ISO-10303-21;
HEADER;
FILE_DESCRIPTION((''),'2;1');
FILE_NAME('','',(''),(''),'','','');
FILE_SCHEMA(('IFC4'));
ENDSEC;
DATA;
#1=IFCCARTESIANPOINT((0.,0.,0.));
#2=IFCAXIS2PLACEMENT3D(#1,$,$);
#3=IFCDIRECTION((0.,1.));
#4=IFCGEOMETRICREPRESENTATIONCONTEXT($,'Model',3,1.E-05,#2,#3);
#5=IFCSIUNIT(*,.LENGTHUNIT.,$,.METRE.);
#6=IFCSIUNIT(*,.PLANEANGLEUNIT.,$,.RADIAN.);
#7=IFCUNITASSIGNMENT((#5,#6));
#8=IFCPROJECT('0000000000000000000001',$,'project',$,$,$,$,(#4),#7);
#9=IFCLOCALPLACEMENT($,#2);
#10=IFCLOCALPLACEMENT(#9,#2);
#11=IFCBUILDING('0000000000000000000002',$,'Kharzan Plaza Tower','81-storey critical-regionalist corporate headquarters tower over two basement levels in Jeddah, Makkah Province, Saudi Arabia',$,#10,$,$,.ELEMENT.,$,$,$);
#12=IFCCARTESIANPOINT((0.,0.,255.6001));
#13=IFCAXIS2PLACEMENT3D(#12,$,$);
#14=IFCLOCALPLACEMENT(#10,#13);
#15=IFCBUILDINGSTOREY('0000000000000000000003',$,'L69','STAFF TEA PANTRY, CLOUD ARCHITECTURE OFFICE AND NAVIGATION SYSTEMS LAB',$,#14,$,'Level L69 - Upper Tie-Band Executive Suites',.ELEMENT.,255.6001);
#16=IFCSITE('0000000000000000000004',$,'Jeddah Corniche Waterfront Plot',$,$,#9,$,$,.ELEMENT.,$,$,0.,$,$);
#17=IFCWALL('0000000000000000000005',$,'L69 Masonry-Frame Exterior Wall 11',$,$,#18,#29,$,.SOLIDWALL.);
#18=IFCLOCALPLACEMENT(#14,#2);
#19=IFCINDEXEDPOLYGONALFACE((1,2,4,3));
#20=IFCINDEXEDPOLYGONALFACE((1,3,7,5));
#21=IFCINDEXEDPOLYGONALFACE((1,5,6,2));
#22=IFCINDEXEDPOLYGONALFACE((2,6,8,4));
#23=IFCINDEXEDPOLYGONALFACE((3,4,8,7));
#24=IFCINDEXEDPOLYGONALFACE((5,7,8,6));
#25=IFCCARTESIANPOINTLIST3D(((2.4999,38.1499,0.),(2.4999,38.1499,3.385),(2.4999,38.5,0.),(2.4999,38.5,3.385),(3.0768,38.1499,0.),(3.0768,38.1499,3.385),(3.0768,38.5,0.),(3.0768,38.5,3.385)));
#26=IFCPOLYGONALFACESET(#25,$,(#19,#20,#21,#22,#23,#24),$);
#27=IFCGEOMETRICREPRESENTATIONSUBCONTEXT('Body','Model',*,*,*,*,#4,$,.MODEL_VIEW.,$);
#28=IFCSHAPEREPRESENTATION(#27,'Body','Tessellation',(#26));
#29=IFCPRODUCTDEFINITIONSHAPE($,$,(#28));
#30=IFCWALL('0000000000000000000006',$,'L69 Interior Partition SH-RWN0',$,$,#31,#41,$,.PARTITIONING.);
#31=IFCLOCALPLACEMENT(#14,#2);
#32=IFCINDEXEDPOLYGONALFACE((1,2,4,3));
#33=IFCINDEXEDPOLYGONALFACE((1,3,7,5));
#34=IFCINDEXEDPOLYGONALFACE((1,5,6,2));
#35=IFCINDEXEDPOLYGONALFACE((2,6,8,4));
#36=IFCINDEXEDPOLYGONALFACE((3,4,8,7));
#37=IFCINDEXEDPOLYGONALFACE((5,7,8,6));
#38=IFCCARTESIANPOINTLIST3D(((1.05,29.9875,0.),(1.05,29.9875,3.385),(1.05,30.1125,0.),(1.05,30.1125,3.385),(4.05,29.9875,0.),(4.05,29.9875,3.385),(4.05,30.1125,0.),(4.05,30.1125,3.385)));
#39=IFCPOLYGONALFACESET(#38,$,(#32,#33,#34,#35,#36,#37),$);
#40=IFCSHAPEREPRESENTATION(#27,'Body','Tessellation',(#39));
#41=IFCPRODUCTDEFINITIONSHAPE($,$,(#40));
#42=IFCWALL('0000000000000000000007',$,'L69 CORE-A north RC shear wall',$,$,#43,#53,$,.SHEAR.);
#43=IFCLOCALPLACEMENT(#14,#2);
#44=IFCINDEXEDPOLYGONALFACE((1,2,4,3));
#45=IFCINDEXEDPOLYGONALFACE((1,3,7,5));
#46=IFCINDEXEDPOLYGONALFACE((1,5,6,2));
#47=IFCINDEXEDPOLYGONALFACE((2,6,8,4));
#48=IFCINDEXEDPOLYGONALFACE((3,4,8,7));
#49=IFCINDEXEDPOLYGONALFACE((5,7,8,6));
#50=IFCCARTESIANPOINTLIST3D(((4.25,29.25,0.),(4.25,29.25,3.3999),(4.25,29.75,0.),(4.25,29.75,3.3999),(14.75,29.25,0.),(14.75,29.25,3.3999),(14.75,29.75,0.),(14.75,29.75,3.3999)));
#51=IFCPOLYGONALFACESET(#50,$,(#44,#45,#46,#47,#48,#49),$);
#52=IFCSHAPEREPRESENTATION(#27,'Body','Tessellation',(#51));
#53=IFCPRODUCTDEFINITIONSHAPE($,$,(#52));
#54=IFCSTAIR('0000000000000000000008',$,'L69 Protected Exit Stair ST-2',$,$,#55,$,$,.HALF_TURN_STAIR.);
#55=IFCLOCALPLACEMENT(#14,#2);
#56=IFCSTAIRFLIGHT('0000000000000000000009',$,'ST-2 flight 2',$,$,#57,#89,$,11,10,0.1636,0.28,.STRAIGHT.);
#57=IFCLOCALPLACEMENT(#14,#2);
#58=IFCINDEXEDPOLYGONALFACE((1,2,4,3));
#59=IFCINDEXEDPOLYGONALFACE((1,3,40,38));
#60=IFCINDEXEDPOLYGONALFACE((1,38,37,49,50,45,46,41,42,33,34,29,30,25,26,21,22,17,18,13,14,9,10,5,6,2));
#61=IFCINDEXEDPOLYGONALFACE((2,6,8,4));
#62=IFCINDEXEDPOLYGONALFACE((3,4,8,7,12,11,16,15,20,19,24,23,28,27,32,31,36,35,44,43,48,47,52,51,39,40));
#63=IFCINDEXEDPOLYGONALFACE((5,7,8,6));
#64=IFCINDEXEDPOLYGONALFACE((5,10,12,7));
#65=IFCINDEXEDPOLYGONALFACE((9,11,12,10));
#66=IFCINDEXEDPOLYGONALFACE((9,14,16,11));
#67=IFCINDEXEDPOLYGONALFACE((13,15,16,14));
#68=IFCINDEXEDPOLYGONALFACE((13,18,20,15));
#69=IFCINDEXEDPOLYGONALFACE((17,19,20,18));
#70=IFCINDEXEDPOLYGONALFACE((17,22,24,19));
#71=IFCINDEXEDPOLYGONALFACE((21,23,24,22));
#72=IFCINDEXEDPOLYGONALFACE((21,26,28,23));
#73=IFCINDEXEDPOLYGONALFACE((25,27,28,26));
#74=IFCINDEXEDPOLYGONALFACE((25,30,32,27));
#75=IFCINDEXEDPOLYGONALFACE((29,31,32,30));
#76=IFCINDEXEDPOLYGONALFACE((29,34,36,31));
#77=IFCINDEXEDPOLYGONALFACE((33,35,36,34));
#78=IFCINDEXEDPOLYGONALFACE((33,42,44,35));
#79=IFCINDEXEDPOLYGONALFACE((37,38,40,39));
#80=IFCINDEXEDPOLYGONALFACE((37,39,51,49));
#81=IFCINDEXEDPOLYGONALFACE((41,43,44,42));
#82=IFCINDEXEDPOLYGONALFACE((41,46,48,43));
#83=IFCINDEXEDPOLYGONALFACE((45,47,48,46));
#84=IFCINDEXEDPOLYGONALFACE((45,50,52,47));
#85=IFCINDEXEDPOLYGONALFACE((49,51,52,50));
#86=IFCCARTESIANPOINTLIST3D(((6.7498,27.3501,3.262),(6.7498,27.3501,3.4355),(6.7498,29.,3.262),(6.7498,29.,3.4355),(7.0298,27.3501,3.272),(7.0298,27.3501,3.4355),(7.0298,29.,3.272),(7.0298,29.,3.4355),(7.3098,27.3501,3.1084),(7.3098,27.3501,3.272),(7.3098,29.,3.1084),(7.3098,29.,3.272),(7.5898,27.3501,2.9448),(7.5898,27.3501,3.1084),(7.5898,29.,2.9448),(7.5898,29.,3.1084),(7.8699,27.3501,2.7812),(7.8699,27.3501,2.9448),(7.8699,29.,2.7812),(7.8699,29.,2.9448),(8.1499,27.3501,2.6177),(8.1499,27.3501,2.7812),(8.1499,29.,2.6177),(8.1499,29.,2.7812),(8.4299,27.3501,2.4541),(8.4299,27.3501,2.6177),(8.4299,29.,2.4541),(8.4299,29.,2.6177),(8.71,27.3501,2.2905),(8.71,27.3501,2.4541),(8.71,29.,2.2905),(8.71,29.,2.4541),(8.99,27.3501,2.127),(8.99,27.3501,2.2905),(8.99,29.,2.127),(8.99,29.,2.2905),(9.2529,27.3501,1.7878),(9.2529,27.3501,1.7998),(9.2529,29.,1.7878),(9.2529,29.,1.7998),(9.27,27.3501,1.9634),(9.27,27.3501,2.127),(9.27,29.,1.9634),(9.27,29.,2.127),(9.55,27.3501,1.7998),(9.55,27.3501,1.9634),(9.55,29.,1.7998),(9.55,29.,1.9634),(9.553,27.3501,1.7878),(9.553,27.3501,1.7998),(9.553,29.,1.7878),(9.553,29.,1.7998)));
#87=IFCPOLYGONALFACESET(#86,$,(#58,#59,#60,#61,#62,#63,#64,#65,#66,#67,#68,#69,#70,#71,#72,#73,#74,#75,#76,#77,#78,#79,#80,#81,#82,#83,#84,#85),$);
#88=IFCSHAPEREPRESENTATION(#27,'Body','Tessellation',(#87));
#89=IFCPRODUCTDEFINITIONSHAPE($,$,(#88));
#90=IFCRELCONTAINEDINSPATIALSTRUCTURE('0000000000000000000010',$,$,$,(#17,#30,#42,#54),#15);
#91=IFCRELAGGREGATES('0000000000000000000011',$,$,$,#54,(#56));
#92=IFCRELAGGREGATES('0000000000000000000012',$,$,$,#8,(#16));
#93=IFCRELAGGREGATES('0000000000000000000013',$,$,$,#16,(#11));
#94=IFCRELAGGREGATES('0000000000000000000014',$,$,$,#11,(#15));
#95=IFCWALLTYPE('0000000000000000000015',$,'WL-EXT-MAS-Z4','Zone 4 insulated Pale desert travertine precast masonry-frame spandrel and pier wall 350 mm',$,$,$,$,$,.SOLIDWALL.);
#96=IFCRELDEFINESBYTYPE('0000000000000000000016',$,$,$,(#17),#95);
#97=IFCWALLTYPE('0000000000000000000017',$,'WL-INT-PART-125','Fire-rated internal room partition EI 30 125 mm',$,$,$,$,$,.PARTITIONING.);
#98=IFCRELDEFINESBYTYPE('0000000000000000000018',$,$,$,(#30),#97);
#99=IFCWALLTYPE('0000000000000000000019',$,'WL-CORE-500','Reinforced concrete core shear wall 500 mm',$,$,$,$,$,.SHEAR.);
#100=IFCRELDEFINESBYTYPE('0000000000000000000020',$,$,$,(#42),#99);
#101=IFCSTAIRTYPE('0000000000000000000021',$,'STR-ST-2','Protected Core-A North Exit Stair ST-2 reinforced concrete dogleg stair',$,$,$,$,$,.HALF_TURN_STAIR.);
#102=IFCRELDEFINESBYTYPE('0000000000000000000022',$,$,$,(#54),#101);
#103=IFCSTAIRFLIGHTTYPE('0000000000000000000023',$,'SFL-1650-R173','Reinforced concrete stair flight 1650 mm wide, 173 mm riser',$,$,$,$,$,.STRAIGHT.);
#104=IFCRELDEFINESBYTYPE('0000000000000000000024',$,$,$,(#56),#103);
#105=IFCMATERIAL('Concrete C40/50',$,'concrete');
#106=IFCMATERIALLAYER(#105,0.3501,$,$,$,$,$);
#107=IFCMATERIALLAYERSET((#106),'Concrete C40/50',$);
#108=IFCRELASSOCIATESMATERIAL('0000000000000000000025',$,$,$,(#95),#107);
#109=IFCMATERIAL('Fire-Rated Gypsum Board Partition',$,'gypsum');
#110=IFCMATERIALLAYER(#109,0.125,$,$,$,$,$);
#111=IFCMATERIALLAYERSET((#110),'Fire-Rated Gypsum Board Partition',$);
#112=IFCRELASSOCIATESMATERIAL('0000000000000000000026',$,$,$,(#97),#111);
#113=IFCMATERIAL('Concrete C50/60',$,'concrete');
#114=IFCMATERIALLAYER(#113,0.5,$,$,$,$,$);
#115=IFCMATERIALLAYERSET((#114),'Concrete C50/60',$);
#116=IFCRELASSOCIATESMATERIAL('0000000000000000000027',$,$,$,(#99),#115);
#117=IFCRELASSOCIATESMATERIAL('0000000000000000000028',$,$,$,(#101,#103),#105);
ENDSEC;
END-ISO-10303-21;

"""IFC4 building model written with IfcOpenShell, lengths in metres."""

from ifc_helpers import new_model, si_unit, direction, frame, frame_2d, origin, place, context, subcontext, project, spatial, polyline, rectangle, outline, extrude, source, transform, mapped, material, layer, layer_set, type_object, element, aggregate, save


model = new_model("IFC4")

# Units and contexts
model_context = context("Model", 3, precision=1e-05, world=origin(), true_north=direction((0.0, 1.0)))
body_context = subcontext(model_context, "Body", "Model", "MODEL_VIEW")
ifc_project = project(units=[si_unit("LENGTHUNIT", "METRE"), si_unit("PLANEANGLEUNIT", "RADIAN")], contexts=[model_context])

# Site, building, storey
site_placement = place(None, origin())
site = spatial("IfcSite", under=ifc_project, at=site_placement, Name="Jeddah Corniche Waterfront Plot", CompositionType="ELEMENT", RefElevation=0.0)
building_placement = place(site_placement, origin())
building = spatial("IfcBuilding", under=site, at=building_placement, Name="Kharzan Plaza Tower", Description="81-storey critical-regionalist corporate headquarters tower over two basement levels in Jeddah, Makkah Province, Saudi Arabia", CompositionType="ELEMENT")
storey_placement = place(building_placement, frame((0.0, 0.0, 255.6001)))
storey = spatial("IfcBuildingStorey", under=building, at=storey_placement, Name="L69", Description="STAFF TEA PANTRY, CLOUD ARCHITECTURE OFFICE AND NAVIGATION SYSTEMS LAB", LongName="Level L69 - Upper Tie-Band Executive Suites", CompositionType="ELEMENT", Elevation=255.6001)

# Shared definitions
ifc_material_1 = material(Name="Concrete C50/60", Category="concrete")

# Shared definitions
ifc_material_2 = material(Name="Concrete C40/50", Category="concrete")
ifc_layer_1 = layer(ifc_material_2, 0.3501)
ifc_layer_set_1 = layer_set([ifc_layer_1], Name="Concrete C40/50")
wall_type_1 = type_object("IfcWallType", Name="WL-EXT-MAS-Z4", Description="Zone 4 insulated Pale desert travertine precast masonry-frame spandrel and pier wall 350 mm", PredefinedType="SOLIDWALL", material=ifc_layer_set_1)

# Shared definitions
ifc_material_3 = material(Name="Fire-Rated Gypsum Board Partition", Category="gypsum")
ifc_layer_2 = layer(ifc_material_3, 0.125)
ifc_layer_set_2 = layer_set([ifc_layer_2], Name="Fire-Rated Gypsum Board Partition")
wall_type_2 = type_object("IfcWallType", Name="WL-INT-PART-125", Description="Fire-rated internal room partition EI 30 125 mm", PredefinedType="PARTITIONING", material=ifc_layer_set_2)

# Walls
shared_shape_1 = source(origin(), body_context, "Body", "SweptSolid", [
    extrude(rectangle(XDim=0.5769, YDim=0.3501, at=frame_2d((0.2886, 0.0))), origin(), (0.0, 0.0, 1.0), 3.385),
])
wall_1_placement = place(storey_placement, frame((3.0769, 38.325, 0.0), z_axis=(0.0, 0.0, 1.0), x_axis=(-1.0, 0.0, 0.0)))
element("IfcWall", 1, at=wall_1_placement, inside=storey, type_object=wall_type_1, Name="L69 Masonry-Frame Exterior Wall 11", PredefinedType="SOLIDWALL", context=body_context, shape_type="MappedRepresentation", body=[
    mapped(shared_shape_1, transform((0.0, 0.0, 0.0), x_axis=(1.0, 0.0, 0.0), y_axis=(0.0, 1.0, 0.0), z_axis=(0.0, 0.0, 1.0))),
])
shared_shape_2 = source(origin(), body_context, "Body", "SweptSolid", [
    extrude(rectangle(XDim=3.0, YDim=0.125, at=frame_2d((1.5, 0.0))), origin(), (0.0, 0.0, 1.0), 3.385),
])
wall_2_placement = place(storey_placement, frame((1.05, 30.05, 0.0), z_axis=(0.0, 0.0, 1.0), x_axis=(1.0, 0.0, 0.0)))
element("IfcWall", 2, at=wall_2_placement, inside=storey, type_object=wall_type_2, Name="L69 Interior Partition SH-RWN0", PredefinedType="PARTITIONING", context=body_context, shape_type="MappedRepresentation", body=[
    mapped(shared_shape_2, transform((0.0, 0.0, 0.0), x_axis=(1.0, 0.0, 0.0), y_axis=(0.0, 1.0, 0.0), z_axis=(0.0, 0.0, 1.0))),
])
ifc_layer_3 = layer(ifc_material_1, 0.5)
ifc_layer_set_3 = layer_set([ifc_layer_3], Name="Concrete C50/60")
wall_type_3 = type_object("IfcWallType", Name="WL-CORE-500", Description="Reinforced concrete core shear wall 500 mm", PredefinedType="SHEAR", material=ifc_layer_set_3)
shared_shape_3 = source(origin(), body_context, "Body", "SweptSolid", [
    extrude(rectangle(XDim=10.5, YDim=0.5, at=frame_2d((5.25, 0.0))), origin(), (0.0, 0.0, 1.0), 3.3999),
])
wall_3_placement = place(storey_placement, frame((4.25, 29.5, 0.0), z_axis=(0.0, 0.0, 1.0), x_axis=(1.0, 0.0, 0.0)))
element("IfcWall", 3, at=wall_3_placement, inside=storey, type_object=wall_type_3, Name="L69 CORE-A north RC shear wall", PredefinedType="SHEAR", context=body_context, shape_type="MappedRepresentation", body=[
    mapped(shared_shape_3, transform((0.0, 0.0, 0.0), x_axis=(1.0, 0.0, 0.0), y_axis=(0.0, 1.0, 0.0), z_axis=(0.0, 0.0, 1.0))),
])

# Stair, stair flight
stair_type = type_object("IfcStairType", Name="STR-ST-2", Description="Protected Core-A North Exit Stair ST-2 reinforced concrete dogleg stair", PredefinedType="HALF_TURN_STAIR", material=ifc_material_2)
stair_placement = place(storey_placement, origin())
stair = element("IfcStair", 4, at=stair_placement, inside=storey, type_object=stair_type, Name="L69 Protected Exit Stair ST-2", PredefinedType="HALF_TURN_STAIR")
stair_flight_type = type_object("IfcStairFlightType", Name="SFL-1650-R173", Description="Reinforced concrete stair flight 1650 mm wide, 173 mm riser", PredefinedType="STRAIGHT", material=ifc_material_2)
shared_shape_4 = source(origin(), body_context, "Body", "SweptSolid", [
    extrude(outline(polyline([(-0.0029, -0.012), (-0.0029, 0.0), (0.0, 0.0), (0.0, 0.1636), (0.28, 0.1636), (0.28, 0.3271), (0.5601, 0.3271), (0.5601, 0.4907), (0.8401, 0.4907), (0.8401, 0.6543), (1.1201, 0.6543), (1.1201, 0.8179), (1.4001, 0.8179), (1.4001, 0.9814), (1.6802, 0.9814), (1.6802, 1.145), (1.9602, 1.145), (1.9602, 1.3086), (2.2402, 1.3086), (2.2402, 1.4722), (2.5203, 1.4722), (2.5203, 1.6357), (2.8003, 1.6357), (2.8003, 1.7993), (2.8003, 1.4622), (0.2971, 0.0), (0.2971, -0.012), (-0.0029, -0.012)])), frame((0.0, 0.825, 0.0), z_axis=(0.0, -1.0, 0.0), x_axis=(1.0, 0.0, 0.0)), (0.0, 0.0, 1.0), 1.6499),
])
stair_flight_placement = place(storey_placement, frame((9.55, 28.175, 1.7998), z_axis=(0.0, 0.0, 1.0), x_axis=(-1.0, 0.0, 0.0)))
stair_flight = element("IfcStairFlight", 5, at=stair_flight_placement, type_object=stair_flight_type, Name="ST-2 flight 2", NumberOfRisers=11, NumberOfTreads=10, PredefinedType="STRAIGHT", RiserHeight=0.1636, TreadLength=0.28, context=body_context, shape_type="MappedRepresentation", body=[
    mapped(shared_shape_4, transform((0.0, 0.0, 0.0), x_axis=(1.0, 0.0, 0.0), y_axis=(0.0, 1.0, 0.0), z_axis=(0.0, 0.0, 1.0))),
])
aggregate(stair, [stair_flight])

save(model, "model.ifc")
